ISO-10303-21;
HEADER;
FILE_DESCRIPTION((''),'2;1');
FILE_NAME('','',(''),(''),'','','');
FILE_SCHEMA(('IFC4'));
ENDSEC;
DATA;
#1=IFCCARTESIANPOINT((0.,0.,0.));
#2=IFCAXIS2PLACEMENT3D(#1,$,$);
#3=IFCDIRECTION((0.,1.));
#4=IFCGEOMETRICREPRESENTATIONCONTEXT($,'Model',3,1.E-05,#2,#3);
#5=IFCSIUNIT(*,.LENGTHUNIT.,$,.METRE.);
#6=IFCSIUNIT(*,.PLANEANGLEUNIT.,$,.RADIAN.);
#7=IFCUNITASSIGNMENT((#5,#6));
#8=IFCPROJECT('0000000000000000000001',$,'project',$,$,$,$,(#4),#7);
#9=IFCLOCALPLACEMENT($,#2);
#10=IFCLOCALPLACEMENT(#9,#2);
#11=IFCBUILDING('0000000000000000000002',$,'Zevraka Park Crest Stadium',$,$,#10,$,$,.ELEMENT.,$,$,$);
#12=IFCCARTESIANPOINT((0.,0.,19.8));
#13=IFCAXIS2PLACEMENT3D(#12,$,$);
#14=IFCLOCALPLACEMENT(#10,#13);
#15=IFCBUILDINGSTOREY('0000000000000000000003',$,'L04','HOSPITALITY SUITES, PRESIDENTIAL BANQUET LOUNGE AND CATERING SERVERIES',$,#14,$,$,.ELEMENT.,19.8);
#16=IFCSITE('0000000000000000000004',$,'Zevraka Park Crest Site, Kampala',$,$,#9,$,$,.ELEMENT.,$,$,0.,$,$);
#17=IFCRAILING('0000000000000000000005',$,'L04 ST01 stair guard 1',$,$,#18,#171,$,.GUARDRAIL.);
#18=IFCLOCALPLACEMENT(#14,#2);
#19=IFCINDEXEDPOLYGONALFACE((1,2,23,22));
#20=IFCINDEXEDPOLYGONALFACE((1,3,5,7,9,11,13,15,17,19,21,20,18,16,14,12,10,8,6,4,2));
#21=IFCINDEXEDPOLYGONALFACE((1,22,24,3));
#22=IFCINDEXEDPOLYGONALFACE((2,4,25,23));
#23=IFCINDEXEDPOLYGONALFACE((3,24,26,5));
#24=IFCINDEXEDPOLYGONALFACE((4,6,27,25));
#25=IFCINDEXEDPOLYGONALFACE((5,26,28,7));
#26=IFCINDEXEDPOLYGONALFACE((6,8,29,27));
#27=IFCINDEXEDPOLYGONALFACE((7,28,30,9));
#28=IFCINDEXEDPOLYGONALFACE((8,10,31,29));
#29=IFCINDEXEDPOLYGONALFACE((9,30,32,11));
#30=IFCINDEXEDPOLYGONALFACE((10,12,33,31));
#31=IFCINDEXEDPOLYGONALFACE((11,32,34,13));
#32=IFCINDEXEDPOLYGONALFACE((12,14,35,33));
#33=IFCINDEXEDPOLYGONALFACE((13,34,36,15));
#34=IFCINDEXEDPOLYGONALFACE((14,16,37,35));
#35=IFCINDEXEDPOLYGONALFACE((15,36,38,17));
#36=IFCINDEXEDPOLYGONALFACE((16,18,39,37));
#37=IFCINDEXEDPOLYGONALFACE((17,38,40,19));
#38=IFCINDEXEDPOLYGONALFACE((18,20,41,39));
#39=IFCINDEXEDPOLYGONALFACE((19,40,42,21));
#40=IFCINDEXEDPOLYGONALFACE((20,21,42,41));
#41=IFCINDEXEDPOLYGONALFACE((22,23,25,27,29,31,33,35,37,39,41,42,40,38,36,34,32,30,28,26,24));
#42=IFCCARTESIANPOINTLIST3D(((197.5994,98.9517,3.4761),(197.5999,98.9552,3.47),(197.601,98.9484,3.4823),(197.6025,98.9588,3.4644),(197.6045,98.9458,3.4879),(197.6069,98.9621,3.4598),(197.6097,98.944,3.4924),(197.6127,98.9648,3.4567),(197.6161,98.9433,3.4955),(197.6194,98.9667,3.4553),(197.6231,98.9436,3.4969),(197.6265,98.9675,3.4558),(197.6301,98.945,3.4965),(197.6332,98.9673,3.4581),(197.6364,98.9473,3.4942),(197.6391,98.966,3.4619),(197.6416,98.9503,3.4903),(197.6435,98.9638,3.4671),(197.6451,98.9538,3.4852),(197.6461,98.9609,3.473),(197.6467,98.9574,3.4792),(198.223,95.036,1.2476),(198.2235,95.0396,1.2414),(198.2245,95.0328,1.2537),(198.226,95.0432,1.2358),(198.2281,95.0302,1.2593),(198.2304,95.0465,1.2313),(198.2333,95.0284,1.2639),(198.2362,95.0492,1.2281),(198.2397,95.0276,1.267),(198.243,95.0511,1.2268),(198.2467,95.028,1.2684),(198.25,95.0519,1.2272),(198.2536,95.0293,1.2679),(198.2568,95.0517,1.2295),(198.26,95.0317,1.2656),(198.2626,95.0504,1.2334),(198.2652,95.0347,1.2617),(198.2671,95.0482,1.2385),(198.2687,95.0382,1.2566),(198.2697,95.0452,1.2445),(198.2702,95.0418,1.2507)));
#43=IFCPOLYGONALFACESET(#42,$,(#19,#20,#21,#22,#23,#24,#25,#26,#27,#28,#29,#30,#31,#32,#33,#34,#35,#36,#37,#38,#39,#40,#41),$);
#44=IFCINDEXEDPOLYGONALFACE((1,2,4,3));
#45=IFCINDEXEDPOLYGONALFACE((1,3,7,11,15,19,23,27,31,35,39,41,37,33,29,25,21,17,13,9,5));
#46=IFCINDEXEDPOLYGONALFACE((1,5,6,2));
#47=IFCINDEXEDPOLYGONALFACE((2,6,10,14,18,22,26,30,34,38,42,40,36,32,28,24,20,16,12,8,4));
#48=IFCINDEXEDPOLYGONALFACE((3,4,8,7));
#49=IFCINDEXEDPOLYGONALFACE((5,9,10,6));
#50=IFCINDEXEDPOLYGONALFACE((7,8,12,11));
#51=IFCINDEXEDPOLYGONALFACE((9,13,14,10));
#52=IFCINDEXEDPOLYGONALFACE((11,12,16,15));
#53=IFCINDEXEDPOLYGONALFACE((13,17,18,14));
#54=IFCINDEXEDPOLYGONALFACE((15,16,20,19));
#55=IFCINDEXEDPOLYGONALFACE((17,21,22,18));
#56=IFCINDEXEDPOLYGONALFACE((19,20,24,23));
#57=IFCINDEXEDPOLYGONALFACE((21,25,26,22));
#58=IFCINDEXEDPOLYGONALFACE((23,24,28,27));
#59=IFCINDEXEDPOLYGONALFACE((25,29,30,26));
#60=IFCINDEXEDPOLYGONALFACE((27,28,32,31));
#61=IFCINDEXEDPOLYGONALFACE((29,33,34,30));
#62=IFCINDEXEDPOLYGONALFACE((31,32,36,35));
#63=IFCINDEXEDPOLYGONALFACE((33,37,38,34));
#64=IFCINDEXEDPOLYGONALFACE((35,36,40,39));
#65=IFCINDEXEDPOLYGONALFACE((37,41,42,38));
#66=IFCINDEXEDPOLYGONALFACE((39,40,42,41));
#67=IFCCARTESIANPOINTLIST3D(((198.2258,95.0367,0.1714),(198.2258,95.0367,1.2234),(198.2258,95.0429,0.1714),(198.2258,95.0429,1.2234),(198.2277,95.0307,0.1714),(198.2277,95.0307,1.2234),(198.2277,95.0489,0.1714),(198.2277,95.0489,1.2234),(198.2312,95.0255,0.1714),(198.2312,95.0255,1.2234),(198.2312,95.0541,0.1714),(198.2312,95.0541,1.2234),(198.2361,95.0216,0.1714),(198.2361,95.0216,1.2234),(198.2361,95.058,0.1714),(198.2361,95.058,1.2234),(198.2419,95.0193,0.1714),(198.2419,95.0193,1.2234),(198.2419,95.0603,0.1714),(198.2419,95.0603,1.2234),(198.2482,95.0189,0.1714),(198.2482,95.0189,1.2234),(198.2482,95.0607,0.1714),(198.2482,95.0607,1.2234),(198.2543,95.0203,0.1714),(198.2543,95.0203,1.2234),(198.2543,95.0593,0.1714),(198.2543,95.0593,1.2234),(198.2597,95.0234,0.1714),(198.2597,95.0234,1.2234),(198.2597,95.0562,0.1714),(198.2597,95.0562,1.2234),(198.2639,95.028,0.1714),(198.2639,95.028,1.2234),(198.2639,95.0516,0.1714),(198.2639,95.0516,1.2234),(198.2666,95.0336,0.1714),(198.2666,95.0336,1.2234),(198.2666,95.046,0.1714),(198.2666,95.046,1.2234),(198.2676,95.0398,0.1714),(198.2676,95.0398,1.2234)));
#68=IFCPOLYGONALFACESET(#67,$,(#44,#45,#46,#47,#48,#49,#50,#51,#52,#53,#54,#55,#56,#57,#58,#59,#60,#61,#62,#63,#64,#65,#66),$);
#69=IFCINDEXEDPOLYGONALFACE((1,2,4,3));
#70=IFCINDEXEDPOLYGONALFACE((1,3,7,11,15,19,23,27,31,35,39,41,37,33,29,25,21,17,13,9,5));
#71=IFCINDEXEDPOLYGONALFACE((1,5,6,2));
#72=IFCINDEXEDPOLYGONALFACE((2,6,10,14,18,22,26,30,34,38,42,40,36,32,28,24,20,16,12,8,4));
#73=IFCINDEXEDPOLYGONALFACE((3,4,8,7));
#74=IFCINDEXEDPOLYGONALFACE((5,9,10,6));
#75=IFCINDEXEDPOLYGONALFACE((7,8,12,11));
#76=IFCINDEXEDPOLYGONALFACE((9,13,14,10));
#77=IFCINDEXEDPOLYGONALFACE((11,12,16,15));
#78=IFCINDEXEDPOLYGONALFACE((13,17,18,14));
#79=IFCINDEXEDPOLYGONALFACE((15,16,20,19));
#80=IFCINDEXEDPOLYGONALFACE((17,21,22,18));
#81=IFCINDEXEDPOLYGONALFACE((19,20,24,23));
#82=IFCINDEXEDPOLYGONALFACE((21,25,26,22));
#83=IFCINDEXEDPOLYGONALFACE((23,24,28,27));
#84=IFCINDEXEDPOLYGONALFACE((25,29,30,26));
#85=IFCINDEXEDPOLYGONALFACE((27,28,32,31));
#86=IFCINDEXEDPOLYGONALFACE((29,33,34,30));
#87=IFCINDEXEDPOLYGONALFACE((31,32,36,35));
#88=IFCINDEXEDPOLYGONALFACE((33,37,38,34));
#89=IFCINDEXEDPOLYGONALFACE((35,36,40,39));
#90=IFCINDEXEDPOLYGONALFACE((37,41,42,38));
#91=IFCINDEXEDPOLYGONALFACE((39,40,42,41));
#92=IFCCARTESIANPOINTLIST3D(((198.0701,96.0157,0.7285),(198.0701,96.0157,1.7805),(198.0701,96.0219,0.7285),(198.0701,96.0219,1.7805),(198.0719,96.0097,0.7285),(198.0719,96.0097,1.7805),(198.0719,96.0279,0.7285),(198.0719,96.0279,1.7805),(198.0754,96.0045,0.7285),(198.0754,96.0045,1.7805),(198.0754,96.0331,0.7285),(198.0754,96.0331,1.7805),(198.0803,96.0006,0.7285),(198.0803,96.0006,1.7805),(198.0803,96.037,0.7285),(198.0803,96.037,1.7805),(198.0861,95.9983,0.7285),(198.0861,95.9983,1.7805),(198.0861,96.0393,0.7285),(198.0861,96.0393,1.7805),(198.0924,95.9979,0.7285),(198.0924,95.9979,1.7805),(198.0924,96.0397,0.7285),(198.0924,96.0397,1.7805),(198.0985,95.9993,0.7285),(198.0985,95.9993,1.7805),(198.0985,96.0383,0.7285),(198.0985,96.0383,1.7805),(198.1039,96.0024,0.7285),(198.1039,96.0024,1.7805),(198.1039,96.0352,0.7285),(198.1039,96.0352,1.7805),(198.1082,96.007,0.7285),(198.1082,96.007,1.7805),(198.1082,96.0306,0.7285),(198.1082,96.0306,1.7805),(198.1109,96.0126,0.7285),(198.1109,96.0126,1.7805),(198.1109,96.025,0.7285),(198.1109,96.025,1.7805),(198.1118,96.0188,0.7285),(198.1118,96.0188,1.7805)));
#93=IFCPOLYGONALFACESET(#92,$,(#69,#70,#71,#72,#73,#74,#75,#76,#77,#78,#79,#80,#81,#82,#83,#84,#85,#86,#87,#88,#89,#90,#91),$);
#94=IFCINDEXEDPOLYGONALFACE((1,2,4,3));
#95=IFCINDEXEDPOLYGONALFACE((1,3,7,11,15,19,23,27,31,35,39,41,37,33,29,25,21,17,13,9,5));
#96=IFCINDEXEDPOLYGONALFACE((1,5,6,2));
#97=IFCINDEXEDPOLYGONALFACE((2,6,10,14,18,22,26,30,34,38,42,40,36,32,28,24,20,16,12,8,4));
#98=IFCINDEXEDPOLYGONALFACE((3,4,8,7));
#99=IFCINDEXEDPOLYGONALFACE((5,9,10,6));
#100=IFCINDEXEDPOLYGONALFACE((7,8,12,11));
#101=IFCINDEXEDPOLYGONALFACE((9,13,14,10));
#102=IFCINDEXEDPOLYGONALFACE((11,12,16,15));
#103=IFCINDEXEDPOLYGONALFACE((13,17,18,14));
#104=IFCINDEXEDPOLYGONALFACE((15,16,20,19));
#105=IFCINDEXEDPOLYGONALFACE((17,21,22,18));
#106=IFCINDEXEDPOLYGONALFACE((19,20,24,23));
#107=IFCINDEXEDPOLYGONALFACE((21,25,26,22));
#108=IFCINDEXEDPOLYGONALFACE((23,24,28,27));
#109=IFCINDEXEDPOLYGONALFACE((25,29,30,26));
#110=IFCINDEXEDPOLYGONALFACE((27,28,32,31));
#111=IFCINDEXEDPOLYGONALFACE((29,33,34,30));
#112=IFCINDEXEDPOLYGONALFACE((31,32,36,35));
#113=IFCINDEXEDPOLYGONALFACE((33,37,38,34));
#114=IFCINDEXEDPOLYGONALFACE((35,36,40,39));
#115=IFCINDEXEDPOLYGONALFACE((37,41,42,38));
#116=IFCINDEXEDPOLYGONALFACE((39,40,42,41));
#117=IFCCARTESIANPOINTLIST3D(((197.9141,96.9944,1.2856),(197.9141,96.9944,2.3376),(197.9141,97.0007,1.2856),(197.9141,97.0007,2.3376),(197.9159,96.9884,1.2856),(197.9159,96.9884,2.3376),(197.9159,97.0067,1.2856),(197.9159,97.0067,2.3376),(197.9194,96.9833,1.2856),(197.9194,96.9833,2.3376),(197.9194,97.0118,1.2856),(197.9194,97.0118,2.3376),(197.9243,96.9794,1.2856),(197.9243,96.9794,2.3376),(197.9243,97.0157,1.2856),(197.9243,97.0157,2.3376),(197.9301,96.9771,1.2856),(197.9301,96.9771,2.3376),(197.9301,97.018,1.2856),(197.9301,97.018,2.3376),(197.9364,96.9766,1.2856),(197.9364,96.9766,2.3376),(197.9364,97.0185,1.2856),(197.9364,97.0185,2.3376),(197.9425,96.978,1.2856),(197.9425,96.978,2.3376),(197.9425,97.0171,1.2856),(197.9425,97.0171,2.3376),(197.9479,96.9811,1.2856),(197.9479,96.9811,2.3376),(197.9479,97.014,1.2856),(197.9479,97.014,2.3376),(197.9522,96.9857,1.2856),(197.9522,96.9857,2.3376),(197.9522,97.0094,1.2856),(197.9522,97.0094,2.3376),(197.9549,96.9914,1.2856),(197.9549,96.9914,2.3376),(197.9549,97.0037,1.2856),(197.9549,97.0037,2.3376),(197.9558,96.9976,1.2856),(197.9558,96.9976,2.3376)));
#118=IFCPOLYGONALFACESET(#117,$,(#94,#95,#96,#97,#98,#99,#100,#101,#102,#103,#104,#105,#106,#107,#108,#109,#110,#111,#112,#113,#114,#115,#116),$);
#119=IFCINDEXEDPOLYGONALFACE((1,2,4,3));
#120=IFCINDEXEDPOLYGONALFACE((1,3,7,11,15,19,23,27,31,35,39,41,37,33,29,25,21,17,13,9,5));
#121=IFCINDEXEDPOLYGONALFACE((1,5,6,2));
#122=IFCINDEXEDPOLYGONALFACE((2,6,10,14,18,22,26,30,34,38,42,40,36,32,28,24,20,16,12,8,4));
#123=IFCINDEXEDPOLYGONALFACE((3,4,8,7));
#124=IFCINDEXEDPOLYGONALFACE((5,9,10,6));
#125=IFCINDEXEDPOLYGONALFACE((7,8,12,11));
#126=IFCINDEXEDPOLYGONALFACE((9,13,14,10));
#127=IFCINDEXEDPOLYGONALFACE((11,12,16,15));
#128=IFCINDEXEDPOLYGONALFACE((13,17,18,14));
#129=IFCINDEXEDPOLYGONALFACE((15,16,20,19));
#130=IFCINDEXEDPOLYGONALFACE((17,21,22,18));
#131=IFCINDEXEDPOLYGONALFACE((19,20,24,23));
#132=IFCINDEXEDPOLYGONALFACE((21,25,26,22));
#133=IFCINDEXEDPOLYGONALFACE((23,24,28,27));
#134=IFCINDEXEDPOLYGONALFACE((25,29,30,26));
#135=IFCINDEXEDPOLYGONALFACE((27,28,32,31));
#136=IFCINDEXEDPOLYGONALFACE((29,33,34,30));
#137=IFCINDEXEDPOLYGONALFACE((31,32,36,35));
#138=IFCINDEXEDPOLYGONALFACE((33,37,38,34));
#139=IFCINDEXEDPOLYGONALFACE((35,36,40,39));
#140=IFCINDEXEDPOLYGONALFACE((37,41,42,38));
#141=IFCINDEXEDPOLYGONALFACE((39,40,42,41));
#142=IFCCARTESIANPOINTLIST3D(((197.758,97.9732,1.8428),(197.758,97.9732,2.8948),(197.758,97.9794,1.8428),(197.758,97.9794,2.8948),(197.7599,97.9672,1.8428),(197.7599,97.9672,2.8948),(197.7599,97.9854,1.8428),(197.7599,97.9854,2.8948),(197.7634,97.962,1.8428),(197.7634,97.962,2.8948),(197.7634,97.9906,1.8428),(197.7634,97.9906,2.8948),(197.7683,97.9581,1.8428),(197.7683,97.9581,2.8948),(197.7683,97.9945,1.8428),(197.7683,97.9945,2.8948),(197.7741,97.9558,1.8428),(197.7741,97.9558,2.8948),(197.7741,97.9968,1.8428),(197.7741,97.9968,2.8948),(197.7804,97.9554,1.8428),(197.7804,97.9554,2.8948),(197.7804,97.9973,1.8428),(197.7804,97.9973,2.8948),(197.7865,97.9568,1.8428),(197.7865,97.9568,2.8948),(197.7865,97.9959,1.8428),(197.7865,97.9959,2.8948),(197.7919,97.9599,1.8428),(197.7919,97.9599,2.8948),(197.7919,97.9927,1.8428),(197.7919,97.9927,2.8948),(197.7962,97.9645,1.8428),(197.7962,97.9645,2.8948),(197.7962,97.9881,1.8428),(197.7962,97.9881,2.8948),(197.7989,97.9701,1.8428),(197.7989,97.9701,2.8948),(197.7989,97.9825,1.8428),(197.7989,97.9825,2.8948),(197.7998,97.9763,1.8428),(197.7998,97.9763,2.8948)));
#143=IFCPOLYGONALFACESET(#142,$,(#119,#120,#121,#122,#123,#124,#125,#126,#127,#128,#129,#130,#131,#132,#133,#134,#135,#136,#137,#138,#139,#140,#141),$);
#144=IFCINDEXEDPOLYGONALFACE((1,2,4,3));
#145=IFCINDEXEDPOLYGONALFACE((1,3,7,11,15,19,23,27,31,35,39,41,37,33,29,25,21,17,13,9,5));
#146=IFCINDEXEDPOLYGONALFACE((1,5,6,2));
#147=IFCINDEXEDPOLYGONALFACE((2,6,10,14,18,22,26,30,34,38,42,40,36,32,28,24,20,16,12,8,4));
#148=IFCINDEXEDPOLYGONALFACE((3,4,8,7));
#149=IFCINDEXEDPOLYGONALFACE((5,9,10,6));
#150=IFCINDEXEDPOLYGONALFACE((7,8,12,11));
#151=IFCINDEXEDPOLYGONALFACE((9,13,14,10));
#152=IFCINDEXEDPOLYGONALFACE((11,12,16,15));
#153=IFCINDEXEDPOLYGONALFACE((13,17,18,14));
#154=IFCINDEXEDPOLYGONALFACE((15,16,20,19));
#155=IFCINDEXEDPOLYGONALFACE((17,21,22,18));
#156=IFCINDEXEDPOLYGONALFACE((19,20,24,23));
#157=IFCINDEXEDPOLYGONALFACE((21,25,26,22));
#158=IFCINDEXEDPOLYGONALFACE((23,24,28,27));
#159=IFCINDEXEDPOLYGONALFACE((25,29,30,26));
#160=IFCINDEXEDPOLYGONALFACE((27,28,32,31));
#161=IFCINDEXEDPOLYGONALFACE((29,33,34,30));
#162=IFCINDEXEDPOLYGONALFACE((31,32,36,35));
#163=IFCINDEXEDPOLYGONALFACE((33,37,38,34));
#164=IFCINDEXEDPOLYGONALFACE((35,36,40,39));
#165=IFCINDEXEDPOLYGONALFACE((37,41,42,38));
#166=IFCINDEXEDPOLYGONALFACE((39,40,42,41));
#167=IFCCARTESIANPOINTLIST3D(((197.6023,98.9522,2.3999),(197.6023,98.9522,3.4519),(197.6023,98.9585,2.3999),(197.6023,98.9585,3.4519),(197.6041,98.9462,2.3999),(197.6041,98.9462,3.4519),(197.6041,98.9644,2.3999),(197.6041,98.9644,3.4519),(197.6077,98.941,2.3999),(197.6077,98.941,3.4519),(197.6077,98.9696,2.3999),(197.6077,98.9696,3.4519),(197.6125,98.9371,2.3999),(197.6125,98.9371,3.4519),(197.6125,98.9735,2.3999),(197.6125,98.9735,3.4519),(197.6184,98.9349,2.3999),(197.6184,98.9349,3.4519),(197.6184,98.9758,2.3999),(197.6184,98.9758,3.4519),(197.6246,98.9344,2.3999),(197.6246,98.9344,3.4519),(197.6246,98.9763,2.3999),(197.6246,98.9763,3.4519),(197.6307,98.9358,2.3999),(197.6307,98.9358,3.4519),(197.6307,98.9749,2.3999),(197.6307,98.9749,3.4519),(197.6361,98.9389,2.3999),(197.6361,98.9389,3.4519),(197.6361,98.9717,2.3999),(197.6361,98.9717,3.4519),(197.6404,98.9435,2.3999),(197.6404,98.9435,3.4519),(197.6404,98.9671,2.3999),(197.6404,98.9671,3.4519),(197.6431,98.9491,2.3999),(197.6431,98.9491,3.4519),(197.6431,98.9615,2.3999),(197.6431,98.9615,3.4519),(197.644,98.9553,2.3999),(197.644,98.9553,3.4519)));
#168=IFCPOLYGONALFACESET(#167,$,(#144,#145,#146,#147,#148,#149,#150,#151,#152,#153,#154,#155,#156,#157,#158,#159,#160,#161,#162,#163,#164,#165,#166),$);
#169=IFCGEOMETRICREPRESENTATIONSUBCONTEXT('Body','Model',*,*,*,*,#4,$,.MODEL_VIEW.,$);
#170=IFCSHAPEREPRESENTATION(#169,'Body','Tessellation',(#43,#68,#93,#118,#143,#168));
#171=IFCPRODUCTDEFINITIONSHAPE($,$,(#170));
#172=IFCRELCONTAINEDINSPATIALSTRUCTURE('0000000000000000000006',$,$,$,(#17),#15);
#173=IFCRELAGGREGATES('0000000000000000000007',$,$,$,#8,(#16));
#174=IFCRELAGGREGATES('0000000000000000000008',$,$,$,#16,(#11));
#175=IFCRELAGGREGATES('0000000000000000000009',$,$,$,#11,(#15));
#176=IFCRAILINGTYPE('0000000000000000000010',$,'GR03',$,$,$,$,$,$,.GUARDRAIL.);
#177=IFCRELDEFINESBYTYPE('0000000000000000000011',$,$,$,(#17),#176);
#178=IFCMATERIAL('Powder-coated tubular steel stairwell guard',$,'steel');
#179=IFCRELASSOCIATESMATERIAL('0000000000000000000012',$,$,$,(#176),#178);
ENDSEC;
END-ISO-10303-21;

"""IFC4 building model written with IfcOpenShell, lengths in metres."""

from ifc_helpers import new_model, si_unit, direction, frame, origin, origin_2d, place, context, subcontext, project, spatial, circle, extrude, material, type_object, element, save


model = new_model("IFC4")

# Units and contexts
model_context = context("Model", 3, precision=1e-05, world=origin(), true_north=direction((0.0, 1.0)))
body_context = subcontext(model_context, "Body", "Model", "MODEL_VIEW")
ifc_project = project(units=[si_unit("LENGTHUNIT", "METRE"), si_unit("PLANEANGLEUNIT", "RADIAN")], contexts=[model_context])

# Site, building, storey
site_placement = place(None, origin())
site = spatial("IfcSite", under=ifc_project, at=site_placement, Name="Zevraka Park Crest Site, Kampala", CompositionType="ELEMENT", RefElevation=0.0)
building_placement = place(site_placement, origin())
building = spatial("IfcBuilding", under=site, at=building_placement, Name="Zevraka Park Crest Stadium", CompositionType="ELEMENT")
storey_placement = place(building_placement, frame((0.0, 0.0, 19.8)))
storey = spatial("IfcBuildingStorey", under=building, at=storey_placement, Name="L04", Description="HOSPITALITY SUITES, PRESIDENTIAL BANQUET LOUNGE AND CATERING SERVERIES", CompositionType="ELEMENT", Elevation=19.8)

# Railing
ifc_material_1 = material(Name="Powder-coated tubular steel stairwell guard", Category="steel")
railing_type_1 = type_object("IfcRailingType", Name="GR03", PredefinedType="GUARDRAIL", material=ifc_material_1)
railing_1_placement = place(storey_placement, frame((198.2466, 95.0398, 0.1714)))
element("IfcRailing", 1, at=railing_1_placement, inside=storey, type_object=railing_type_1, Name="L04 ST01 stair guard 1", PredefinedType="GUARDRAIL", context=body_context, shape_type="SweptSolid", body=[
    extrude(circle(Radius=0.0239, at=origin_2d()), frame((0.0, 0.0, 1.0762), z_axis=(-0.137094, 0.86089, 0.489974), x_axis=(-0.987556, -0.157265, 0.0)), (0.0, 0.0, 1.0), 4.5483),
    extrude(circle(Radius=0.021, at=origin_2d()), origin(), (0.0, 0.0, 1.0), 1.052),
    extrude(circle(Radius=0.021, at=origin_2d()), frame((-0.1558, 0.979, 0.5571)), (0.0, 0.0, 1.0), 1.052),
    extrude(circle(Radius=0.021, at=origin_2d()), frame((-0.3118, 1.9578, 1.1143)), (0.0, 0.0, 1.0), 1.052),
    extrude(circle(Radius=0.021, at=origin_2d()), frame((-0.4678, 2.9365, 1.6714)), (0.0, 0.0, 1.0), 1.052),
    extrude(circle(Radius=0.021, at=origin_2d()), frame((-0.6235, 3.9155, 2.2285)), (0.0, 0.0, 1.0), 1.052),
])

save(model, "model.ifc")
